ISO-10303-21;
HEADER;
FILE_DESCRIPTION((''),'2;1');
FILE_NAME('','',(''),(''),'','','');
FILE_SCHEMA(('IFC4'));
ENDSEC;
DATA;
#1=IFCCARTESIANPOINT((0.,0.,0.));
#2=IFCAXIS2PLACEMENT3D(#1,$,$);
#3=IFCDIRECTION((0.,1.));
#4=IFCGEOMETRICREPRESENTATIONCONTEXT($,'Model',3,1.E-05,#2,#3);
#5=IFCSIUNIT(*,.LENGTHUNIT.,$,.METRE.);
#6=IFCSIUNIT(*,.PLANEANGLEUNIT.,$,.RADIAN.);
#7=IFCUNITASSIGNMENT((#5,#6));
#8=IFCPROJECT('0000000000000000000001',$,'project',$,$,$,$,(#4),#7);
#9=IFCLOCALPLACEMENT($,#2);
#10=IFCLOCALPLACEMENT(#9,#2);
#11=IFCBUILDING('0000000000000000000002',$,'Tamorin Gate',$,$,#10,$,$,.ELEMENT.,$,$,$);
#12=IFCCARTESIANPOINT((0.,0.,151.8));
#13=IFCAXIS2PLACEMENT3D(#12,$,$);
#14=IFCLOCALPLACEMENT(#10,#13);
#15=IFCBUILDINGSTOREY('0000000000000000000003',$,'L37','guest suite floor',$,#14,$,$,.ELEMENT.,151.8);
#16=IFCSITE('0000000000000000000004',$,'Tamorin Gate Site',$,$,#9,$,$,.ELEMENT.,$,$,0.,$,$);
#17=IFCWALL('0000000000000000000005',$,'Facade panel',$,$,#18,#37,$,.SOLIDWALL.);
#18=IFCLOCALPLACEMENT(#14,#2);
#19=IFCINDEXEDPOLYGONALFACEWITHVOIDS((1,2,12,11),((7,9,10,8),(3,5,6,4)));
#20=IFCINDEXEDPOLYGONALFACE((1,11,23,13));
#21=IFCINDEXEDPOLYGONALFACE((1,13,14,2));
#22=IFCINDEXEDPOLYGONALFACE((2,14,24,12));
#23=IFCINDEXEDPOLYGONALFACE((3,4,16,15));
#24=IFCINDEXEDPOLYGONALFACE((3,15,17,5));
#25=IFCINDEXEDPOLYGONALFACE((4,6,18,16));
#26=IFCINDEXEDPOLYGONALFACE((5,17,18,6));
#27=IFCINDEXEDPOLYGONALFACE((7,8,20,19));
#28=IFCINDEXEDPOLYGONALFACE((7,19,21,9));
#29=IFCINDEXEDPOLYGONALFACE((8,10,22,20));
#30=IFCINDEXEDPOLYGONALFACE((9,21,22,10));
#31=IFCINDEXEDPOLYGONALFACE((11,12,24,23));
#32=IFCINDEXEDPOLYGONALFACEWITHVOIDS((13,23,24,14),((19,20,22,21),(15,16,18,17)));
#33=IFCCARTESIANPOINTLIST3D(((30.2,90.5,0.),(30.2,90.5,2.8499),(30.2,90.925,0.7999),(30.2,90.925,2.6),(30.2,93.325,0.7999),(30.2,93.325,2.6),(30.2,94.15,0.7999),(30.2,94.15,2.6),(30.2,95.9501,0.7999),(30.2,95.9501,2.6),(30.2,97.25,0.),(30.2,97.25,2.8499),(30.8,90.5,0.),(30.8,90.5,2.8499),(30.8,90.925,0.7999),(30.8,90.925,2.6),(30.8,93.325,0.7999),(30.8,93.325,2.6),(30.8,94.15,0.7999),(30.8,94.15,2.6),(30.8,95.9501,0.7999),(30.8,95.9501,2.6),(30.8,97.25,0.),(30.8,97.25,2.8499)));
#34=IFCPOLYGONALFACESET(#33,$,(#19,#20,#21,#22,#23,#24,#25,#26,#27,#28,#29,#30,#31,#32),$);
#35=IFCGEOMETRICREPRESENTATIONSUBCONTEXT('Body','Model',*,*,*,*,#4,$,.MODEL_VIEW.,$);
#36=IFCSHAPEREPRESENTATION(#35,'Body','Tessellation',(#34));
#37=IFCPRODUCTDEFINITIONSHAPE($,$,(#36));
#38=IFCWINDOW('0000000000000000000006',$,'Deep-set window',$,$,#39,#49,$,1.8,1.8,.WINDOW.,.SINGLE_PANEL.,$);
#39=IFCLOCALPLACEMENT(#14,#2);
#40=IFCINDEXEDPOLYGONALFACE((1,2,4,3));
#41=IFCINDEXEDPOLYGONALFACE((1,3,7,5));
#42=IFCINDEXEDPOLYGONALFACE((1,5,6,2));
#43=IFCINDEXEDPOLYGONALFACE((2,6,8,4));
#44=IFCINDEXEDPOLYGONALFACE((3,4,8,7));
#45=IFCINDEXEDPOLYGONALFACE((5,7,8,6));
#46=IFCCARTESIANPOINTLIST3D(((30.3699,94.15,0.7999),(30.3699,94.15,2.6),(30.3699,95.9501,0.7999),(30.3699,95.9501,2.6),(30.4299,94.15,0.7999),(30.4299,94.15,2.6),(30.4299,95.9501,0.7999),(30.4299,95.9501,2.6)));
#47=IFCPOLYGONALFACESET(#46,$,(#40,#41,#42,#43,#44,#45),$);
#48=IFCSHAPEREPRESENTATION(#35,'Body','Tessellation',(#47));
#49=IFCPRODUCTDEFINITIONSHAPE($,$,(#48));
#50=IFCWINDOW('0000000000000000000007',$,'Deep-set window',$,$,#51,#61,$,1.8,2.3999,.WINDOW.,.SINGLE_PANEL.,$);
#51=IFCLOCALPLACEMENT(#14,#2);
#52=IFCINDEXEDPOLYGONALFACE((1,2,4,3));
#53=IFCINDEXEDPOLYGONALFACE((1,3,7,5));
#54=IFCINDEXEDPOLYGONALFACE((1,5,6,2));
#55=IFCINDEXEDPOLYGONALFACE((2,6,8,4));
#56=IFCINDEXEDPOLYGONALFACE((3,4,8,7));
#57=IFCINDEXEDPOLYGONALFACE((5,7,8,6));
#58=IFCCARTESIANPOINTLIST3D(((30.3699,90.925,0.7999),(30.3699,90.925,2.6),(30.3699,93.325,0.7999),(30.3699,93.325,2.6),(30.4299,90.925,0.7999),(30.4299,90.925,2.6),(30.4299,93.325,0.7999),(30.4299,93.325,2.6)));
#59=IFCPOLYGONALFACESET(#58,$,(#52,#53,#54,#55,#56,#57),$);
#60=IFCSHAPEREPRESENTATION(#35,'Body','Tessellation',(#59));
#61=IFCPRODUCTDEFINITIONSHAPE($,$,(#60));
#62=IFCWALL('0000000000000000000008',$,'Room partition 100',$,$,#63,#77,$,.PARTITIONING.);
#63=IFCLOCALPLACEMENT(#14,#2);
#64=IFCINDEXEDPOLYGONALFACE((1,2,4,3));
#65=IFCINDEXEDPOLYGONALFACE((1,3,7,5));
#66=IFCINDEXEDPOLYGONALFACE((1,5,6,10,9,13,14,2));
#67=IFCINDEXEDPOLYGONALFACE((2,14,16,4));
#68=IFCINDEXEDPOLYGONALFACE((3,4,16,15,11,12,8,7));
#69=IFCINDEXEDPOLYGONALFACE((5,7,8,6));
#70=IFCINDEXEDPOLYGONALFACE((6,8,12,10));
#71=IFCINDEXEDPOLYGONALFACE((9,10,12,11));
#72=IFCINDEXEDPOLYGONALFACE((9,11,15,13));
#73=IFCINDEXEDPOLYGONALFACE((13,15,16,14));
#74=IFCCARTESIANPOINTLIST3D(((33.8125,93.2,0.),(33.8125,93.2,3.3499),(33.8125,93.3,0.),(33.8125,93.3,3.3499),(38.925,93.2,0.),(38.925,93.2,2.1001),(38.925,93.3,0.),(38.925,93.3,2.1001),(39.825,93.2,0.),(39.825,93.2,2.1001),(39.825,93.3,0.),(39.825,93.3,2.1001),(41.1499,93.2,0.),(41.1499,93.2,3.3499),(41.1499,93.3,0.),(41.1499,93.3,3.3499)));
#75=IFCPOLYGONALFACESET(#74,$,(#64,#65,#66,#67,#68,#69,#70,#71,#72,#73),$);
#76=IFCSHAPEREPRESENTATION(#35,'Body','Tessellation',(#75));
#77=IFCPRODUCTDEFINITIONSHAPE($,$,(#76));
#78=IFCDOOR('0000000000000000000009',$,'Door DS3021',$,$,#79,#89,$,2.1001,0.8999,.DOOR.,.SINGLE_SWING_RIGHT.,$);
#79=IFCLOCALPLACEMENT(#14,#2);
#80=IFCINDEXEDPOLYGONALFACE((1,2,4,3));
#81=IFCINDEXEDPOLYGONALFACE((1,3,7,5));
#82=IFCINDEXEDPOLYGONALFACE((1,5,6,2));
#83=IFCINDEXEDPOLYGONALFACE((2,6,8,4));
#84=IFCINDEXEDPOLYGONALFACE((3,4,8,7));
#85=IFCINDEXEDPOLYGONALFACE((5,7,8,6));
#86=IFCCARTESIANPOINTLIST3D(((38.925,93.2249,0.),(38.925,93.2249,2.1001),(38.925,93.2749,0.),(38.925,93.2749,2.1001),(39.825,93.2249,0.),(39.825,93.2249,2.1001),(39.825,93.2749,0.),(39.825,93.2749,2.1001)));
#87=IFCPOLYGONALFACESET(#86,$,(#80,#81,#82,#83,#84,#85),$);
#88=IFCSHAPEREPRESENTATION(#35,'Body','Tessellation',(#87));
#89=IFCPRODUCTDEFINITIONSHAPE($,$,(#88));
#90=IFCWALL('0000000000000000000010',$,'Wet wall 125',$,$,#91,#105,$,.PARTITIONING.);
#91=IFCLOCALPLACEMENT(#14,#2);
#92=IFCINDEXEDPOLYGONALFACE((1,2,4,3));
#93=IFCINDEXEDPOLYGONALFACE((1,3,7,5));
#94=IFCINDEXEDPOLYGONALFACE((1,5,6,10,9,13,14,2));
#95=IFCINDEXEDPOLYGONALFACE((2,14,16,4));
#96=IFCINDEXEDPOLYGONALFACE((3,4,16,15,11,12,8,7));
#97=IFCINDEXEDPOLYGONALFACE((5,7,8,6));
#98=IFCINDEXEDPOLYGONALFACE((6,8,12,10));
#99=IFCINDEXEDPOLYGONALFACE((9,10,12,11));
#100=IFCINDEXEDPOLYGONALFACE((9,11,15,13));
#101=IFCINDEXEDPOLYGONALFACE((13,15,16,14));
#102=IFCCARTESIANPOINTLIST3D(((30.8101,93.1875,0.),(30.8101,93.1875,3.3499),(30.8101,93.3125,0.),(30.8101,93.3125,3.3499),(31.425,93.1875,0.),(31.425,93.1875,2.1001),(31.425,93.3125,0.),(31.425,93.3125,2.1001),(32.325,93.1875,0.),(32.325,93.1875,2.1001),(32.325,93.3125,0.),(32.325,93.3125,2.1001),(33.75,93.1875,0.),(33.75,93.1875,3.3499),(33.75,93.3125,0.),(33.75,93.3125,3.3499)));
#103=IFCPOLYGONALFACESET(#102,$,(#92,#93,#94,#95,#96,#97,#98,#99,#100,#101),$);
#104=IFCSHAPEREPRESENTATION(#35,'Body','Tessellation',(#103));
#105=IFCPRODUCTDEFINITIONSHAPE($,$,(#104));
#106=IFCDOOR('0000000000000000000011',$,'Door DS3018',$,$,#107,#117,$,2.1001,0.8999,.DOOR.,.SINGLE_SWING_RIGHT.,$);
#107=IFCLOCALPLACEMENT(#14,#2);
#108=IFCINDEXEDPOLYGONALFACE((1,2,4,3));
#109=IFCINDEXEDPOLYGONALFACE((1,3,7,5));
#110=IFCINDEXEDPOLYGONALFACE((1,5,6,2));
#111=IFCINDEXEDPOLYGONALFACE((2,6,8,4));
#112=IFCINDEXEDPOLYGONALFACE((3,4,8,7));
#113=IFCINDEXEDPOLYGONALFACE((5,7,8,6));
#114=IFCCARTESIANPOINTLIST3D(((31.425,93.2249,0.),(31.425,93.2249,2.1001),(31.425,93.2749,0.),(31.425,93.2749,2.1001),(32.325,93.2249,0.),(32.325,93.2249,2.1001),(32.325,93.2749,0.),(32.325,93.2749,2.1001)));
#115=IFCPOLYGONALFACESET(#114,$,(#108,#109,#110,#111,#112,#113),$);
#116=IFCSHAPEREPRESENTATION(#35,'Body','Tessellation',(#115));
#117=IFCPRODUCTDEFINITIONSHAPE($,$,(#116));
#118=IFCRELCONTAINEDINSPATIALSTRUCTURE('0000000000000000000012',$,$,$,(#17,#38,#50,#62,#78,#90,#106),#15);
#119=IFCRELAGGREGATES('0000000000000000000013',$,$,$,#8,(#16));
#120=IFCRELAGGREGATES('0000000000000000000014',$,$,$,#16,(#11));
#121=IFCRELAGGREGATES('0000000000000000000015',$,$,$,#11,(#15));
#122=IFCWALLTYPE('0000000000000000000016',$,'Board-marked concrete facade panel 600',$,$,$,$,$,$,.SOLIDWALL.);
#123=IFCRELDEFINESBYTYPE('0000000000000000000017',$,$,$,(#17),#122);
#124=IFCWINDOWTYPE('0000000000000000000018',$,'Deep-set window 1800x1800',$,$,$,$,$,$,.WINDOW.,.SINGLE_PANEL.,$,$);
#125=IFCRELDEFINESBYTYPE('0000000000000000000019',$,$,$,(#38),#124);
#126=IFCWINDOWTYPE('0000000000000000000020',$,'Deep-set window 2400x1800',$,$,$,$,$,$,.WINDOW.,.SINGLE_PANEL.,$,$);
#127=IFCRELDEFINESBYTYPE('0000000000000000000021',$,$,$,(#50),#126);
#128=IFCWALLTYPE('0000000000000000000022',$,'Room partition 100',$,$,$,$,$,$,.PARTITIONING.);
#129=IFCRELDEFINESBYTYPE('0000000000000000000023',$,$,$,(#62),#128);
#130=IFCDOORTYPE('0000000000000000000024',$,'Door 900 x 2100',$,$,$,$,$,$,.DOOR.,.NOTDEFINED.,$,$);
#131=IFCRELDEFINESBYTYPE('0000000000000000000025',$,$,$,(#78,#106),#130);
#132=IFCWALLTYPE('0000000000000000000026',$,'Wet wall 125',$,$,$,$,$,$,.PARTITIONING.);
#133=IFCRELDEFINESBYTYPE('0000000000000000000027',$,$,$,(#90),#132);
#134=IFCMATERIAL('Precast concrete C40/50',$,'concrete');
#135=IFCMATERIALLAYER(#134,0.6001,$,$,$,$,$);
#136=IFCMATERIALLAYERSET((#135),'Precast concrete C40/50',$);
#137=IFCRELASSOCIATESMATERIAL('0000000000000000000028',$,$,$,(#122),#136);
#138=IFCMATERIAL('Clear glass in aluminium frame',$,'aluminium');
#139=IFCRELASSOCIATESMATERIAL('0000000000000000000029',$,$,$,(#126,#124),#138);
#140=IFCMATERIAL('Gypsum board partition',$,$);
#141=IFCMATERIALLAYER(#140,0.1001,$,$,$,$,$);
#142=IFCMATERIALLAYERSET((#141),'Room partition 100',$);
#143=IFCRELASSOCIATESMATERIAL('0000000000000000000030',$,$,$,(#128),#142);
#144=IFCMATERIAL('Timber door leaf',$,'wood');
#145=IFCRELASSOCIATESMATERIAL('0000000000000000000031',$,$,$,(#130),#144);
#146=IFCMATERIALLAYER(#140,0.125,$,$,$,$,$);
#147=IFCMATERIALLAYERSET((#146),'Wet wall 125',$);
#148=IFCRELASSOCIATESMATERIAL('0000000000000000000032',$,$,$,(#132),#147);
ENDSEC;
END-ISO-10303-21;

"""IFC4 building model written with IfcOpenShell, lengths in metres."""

from ifc_helpers import new_model, si_unit, direction, frame, frame_2d, origin, place, context, subcontext, project, spatial, rectangle, extrude, material, layer, layer_set, type_object, element, fill, save


model = new_model("IFC4")

# Units and contexts
model_context = context("Model", 3, precision=1e-05, world=origin(), true_north=direction((0.0, 1.0)))
body_context = subcontext(model_context, "Body", "Model", "MODEL_VIEW")
ifc_project = project(units=[si_unit("LENGTHUNIT", "METRE"), si_unit("PLANEANGLEUNIT", "RADIAN")], contexts=[model_context])

# Site, building, storey
site_placement = place(None, origin())
site = spatial("IfcSite", under=ifc_project, at=site_placement, Name="Tamorin Gate Site", CompositionType="ELEMENT", RefElevation=0.0)
building_placement = place(site_placement, origin())
building = spatial("IfcBuilding", under=site, at=building_placement, Name="Tamorin Gate", CompositionType="ELEMENT")
storey_placement = place(building_placement, frame((0.0, 0.0, 151.8)))
storey = spatial("IfcBuildingStorey", under=building, at=storey_placement, Name="L37", Description="guest suite floor", CompositionType="ELEMENT", Elevation=151.8)

# Shared definitions
ifc_material_1 = material(Name="Precast concrete C40/50", Category="concrete")
ifc_layer_1 = layer(ifc_material_1, 0.6001)
ifc_layer_set_1 = layer_set([ifc_layer_1], Name="Precast concrete C40/50")
wall_type_1 = type_object("IfcWallType", Name="Board-marked concrete facade panel 600", PredefinedType="SOLIDWALL", material=ifc_layer_set_1)

# Shared definitions
ifc_material_2 = material(Name="Clear glass in aluminium frame", Category="aluminium")
window_type_1 = type_object("IfcWindowType", Name="Deep-set window 2400x1800", PartitioningType="SINGLE_PANEL", PredefinedType="WINDOW", material=ifc_material_2)

# Wall, openings, windows
wall_1_placement = place(storey_placement, frame((30.5, 97.25, 0.0), z_axis=(0.0, 0.0, 1.0), x_axis=(0.0, -1.0, 0.0)))
wall_1 = element("IfcWall", 1, at=wall_1_placement, inside=storey, type_object=wall_type_1, Name="Facade panel", PredefinedType="SOLIDWALL", context=body_context, shape_type="SweptSolid", body=[
    extrude(rectangle(XDim=6.75, YDim=0.6001, at=frame_2d((3.375, 0.0))), origin(), (0.0, 0.0, 1.0), 2.8499),
])
opening_1_placement = place(wall_1_placement, frame((3.925, 0.0, 0.8)))
opening_1 = element("IfcOpeningElement", 2, at=opening_1_placement, cuts=wall_1, PredefinedType="OPENING", context=body_context, shape_type="SweptSolid", body=[
    extrude(rectangle(XDim=2.3999, YDim=1.8, at=frame_2d((1.2, 0.8999))), frame((0.0, 0.3101, 0.0), z_axis=(0.0, -1.0, 0.0), x_axis=(1.0, 0.0, 0.0)), (0.0, 0.0, 1.0), 0.6201),
])
opening_2_placement = place(wall_1_placement, frame((1.3, 0.0, 0.8)))
opening_2 = element("IfcOpeningElement", 3, at=opening_2_placement, cuts=wall_1, PredefinedType="OPENING", context=body_context, shape_type="SweptSolid", body=[
    extrude(rectangle(XDim=1.8, YDim=1.8, at=frame_2d((0.8999, 0.8999))), frame((0.0, 0.3101, 0.0), z_axis=(0.0, -1.0, 0.0), x_axis=(1.0, 0.0, 0.0)), (0.0, 0.0, 1.0), 0.6201),
])
window_type_2 = type_object("IfcWindowType", Name="Deep-set window 1800x1800", PartitioningType="SINGLE_PANEL", PredefinedType="WINDOW", material=ifc_material_2)
window_1_placement = place(opening_2_placement, origin())
window_1 = element("IfcWindow", 4, at=window_1_placement, inside=storey, type_object=window_type_2, Name="Deep-set window", OverallHeight=1.8, OverallWidth=1.8, PartitioningType="SINGLE_PANEL", PredefinedType="WINDOW", context=body_context, shape_type="SweptSolid", body=[
    extrude(rectangle(XDim=1.8, YDim=1.8, at=frame_2d((0.8999, 0.8999))), frame((0.0, -0.0701, 0.0), z_axis=(0.0, -1.0, 0.0), x_axis=(1.0, 0.0, 0.0)), (0.0, 0.0, 1.0), 0.0601),
])
fill(opening_2, window_1)
window_2_placement = place(opening_1_placement, origin())
window_2 = element("IfcWindow", 5, at=window_2_placement, inside=storey, type_object=window_type_1, Name="Deep-set window", OverallHeight=1.8, OverallWidth=2.3999, PartitioningType="SINGLE_PANEL", PredefinedType="WINDOW", context=body_context, shape_type="SweptSolid", body=[
    extrude(rectangle(XDim=2.3999, YDim=1.8, at=frame_2d((1.2, 0.8999))), frame((0.0, -0.0701, 0.0), z_axis=(0.0, -1.0, 0.0), x_axis=(1.0, 0.0, 0.0)), (0.0, 0.0, 1.0), 0.0601),
])
fill(opening_1, window_2)

# Walls, openings, doors
ifc_material_3 = material(Name="Gypsum board partition")
ifc_layer_2 = layer(ifc_material_3, 0.1001)
ifc_layer_set_2 = layer_set([ifc_layer_2], Name="Room partition 100")
wall_type_2 = type_object("IfcWallType", Name="Room partition 100", PredefinedType="PARTITIONING", material=ifc_layer_set_2)
wall_2_placement = place(storey_placement, frame((33.8125, 93.25, 0.0), z_axis=(0.0, 0.0, 1.0), x_axis=(1.0, 0.0, 0.0)))
wall_2 = element("IfcWall", 6, at=wall_2_placement, inside=storey, type_object=wall_type_2, Name="Room partition 100", PredefinedType="PARTITIONING", context=body_context, shape_type="SweptSolid", body=[
    extrude(rectangle(XDim=7.3374, YDim=0.1001, at=frame_2d((3.6687, 0.0))), origin(), (0.0, 0.0, 1.0), 3.3499),
])
opening_3_placement = place(wall_2_placement, frame((5.1125, 0.0, 0.0)))
opening_3 = element("IfcOpeningElement", 7, at=opening_3_placement, cuts=wall_2, PredefinedType="OPENING", context=body_context, shape_type="SweptSolid", body=[
    extrude(rectangle(XDim=0.8999, YDim=2.1001, at=frame_2d((0.45, 1.05))), frame((0.0, 0.0601, 0.0), z_axis=(0.0, -1.0, 0.0), x_axis=(1.0, 0.0, 0.0)), (0.0, 0.0, 1.0), 0.1201),
])
ifc_material_4 = material(Name="Timber door leaf", Category="wood")
door_type = type_object("IfcDoorType", Name="Door 900 x 2100", OperationType="NOTDEFINED", PredefinedType="DOOR", material=ifc_material_4)
door_1_placement = place(opening_3_placement, origin())
door_1 = element("IfcDoor", 8, at=door_1_placement, inside=storey, type_object=door_type, Name="Door DS3021", OperationType="SINGLE_SWING_RIGHT", OverallHeight=2.1001, OverallWidth=0.8999, PredefinedType="DOOR", context=body_context, shape_type="SweptSolid", body=[
    extrude(rectangle(XDim=0.8999, YDim=2.1001, at=frame_2d((0.45, 1.05))), frame((0.0, 0.0249, 0.0), z_axis=(0.0, -1.0, 0.0), x_axis=(1.0, 0.0, 0.0)), (0.0, 0.0, 1.0), 0.05),
])
fill(opening_3, door_1)
ifc_layer_3 = layer(ifc_material_3, 0.125)
ifc_layer_set_3 = layer_set([ifc_layer_3], Name="Wet wall 125")
wall_type_3 = type_object("IfcWallType", Name="Wet wall 125", PredefinedType="PARTITIONING", material=ifc_layer_set_3)
wall_3_placement = place(storey_placement, frame((30.8101, 93.25, 0.0), z_axis=(0.0, 0.0, 1.0), x_axis=(1.0, 0.0, 0.0)))
wall_3 = element("IfcWall", 9, at=wall_3_placement, inside=storey, type_object=wall_type_3, Name="Wet wall 125", PredefinedType="PARTITIONING", context=body_context, shape_type="SweptSolid", body=[
    extrude(rectangle(XDim=2.9399, YDim=0.125, at=frame_2d((1.47, 0.0))), origin(), (0.0, 0.0, 1.0), 3.3499),
])
opening_4_placement = place(wall_3_placement, frame((0.615, 0.0, 0.0)))
opening_4 = element("IfcOpeningElement", 10, at=opening_4_placement, cuts=wall_3, PredefinedType="OPENING", context=body_context, shape_type="SweptSolid", body=[
    extrude(rectangle(XDim=0.8999, YDim=2.1001, at=frame_2d((0.45, 1.05))), frame((0.0, 0.0725, 0.0), z_axis=(0.0, -1.0, 0.0), x_axis=(1.0, 0.0, 0.0)), (0.0, 0.0, 1.0), 0.145),
])
door_2_placement = place(opening_4_placement, origin())
door_2 = element("IfcDoor", 11, at=door_2_placement, inside=storey, type_object=door_type, Name="Door DS3018", OperationType="SINGLE_SWING_RIGHT", OverallHeight=2.1001, OverallWidth=0.8999, PredefinedType="DOOR", context=body_context, shape_type="SweptSolid", body=[
    extrude(rectangle(XDim=0.8999, YDim=2.1001, at=frame_2d((0.45, 1.05))), frame((0.0, 0.0249, 0.0), z_axis=(0.0, -1.0, 0.0), x_axis=(1.0, 0.0, 0.0)), (0.0, 0.0, 1.0), 0.05),
])
fill(opening_4, door_2)

save(model, "model.ifc")
